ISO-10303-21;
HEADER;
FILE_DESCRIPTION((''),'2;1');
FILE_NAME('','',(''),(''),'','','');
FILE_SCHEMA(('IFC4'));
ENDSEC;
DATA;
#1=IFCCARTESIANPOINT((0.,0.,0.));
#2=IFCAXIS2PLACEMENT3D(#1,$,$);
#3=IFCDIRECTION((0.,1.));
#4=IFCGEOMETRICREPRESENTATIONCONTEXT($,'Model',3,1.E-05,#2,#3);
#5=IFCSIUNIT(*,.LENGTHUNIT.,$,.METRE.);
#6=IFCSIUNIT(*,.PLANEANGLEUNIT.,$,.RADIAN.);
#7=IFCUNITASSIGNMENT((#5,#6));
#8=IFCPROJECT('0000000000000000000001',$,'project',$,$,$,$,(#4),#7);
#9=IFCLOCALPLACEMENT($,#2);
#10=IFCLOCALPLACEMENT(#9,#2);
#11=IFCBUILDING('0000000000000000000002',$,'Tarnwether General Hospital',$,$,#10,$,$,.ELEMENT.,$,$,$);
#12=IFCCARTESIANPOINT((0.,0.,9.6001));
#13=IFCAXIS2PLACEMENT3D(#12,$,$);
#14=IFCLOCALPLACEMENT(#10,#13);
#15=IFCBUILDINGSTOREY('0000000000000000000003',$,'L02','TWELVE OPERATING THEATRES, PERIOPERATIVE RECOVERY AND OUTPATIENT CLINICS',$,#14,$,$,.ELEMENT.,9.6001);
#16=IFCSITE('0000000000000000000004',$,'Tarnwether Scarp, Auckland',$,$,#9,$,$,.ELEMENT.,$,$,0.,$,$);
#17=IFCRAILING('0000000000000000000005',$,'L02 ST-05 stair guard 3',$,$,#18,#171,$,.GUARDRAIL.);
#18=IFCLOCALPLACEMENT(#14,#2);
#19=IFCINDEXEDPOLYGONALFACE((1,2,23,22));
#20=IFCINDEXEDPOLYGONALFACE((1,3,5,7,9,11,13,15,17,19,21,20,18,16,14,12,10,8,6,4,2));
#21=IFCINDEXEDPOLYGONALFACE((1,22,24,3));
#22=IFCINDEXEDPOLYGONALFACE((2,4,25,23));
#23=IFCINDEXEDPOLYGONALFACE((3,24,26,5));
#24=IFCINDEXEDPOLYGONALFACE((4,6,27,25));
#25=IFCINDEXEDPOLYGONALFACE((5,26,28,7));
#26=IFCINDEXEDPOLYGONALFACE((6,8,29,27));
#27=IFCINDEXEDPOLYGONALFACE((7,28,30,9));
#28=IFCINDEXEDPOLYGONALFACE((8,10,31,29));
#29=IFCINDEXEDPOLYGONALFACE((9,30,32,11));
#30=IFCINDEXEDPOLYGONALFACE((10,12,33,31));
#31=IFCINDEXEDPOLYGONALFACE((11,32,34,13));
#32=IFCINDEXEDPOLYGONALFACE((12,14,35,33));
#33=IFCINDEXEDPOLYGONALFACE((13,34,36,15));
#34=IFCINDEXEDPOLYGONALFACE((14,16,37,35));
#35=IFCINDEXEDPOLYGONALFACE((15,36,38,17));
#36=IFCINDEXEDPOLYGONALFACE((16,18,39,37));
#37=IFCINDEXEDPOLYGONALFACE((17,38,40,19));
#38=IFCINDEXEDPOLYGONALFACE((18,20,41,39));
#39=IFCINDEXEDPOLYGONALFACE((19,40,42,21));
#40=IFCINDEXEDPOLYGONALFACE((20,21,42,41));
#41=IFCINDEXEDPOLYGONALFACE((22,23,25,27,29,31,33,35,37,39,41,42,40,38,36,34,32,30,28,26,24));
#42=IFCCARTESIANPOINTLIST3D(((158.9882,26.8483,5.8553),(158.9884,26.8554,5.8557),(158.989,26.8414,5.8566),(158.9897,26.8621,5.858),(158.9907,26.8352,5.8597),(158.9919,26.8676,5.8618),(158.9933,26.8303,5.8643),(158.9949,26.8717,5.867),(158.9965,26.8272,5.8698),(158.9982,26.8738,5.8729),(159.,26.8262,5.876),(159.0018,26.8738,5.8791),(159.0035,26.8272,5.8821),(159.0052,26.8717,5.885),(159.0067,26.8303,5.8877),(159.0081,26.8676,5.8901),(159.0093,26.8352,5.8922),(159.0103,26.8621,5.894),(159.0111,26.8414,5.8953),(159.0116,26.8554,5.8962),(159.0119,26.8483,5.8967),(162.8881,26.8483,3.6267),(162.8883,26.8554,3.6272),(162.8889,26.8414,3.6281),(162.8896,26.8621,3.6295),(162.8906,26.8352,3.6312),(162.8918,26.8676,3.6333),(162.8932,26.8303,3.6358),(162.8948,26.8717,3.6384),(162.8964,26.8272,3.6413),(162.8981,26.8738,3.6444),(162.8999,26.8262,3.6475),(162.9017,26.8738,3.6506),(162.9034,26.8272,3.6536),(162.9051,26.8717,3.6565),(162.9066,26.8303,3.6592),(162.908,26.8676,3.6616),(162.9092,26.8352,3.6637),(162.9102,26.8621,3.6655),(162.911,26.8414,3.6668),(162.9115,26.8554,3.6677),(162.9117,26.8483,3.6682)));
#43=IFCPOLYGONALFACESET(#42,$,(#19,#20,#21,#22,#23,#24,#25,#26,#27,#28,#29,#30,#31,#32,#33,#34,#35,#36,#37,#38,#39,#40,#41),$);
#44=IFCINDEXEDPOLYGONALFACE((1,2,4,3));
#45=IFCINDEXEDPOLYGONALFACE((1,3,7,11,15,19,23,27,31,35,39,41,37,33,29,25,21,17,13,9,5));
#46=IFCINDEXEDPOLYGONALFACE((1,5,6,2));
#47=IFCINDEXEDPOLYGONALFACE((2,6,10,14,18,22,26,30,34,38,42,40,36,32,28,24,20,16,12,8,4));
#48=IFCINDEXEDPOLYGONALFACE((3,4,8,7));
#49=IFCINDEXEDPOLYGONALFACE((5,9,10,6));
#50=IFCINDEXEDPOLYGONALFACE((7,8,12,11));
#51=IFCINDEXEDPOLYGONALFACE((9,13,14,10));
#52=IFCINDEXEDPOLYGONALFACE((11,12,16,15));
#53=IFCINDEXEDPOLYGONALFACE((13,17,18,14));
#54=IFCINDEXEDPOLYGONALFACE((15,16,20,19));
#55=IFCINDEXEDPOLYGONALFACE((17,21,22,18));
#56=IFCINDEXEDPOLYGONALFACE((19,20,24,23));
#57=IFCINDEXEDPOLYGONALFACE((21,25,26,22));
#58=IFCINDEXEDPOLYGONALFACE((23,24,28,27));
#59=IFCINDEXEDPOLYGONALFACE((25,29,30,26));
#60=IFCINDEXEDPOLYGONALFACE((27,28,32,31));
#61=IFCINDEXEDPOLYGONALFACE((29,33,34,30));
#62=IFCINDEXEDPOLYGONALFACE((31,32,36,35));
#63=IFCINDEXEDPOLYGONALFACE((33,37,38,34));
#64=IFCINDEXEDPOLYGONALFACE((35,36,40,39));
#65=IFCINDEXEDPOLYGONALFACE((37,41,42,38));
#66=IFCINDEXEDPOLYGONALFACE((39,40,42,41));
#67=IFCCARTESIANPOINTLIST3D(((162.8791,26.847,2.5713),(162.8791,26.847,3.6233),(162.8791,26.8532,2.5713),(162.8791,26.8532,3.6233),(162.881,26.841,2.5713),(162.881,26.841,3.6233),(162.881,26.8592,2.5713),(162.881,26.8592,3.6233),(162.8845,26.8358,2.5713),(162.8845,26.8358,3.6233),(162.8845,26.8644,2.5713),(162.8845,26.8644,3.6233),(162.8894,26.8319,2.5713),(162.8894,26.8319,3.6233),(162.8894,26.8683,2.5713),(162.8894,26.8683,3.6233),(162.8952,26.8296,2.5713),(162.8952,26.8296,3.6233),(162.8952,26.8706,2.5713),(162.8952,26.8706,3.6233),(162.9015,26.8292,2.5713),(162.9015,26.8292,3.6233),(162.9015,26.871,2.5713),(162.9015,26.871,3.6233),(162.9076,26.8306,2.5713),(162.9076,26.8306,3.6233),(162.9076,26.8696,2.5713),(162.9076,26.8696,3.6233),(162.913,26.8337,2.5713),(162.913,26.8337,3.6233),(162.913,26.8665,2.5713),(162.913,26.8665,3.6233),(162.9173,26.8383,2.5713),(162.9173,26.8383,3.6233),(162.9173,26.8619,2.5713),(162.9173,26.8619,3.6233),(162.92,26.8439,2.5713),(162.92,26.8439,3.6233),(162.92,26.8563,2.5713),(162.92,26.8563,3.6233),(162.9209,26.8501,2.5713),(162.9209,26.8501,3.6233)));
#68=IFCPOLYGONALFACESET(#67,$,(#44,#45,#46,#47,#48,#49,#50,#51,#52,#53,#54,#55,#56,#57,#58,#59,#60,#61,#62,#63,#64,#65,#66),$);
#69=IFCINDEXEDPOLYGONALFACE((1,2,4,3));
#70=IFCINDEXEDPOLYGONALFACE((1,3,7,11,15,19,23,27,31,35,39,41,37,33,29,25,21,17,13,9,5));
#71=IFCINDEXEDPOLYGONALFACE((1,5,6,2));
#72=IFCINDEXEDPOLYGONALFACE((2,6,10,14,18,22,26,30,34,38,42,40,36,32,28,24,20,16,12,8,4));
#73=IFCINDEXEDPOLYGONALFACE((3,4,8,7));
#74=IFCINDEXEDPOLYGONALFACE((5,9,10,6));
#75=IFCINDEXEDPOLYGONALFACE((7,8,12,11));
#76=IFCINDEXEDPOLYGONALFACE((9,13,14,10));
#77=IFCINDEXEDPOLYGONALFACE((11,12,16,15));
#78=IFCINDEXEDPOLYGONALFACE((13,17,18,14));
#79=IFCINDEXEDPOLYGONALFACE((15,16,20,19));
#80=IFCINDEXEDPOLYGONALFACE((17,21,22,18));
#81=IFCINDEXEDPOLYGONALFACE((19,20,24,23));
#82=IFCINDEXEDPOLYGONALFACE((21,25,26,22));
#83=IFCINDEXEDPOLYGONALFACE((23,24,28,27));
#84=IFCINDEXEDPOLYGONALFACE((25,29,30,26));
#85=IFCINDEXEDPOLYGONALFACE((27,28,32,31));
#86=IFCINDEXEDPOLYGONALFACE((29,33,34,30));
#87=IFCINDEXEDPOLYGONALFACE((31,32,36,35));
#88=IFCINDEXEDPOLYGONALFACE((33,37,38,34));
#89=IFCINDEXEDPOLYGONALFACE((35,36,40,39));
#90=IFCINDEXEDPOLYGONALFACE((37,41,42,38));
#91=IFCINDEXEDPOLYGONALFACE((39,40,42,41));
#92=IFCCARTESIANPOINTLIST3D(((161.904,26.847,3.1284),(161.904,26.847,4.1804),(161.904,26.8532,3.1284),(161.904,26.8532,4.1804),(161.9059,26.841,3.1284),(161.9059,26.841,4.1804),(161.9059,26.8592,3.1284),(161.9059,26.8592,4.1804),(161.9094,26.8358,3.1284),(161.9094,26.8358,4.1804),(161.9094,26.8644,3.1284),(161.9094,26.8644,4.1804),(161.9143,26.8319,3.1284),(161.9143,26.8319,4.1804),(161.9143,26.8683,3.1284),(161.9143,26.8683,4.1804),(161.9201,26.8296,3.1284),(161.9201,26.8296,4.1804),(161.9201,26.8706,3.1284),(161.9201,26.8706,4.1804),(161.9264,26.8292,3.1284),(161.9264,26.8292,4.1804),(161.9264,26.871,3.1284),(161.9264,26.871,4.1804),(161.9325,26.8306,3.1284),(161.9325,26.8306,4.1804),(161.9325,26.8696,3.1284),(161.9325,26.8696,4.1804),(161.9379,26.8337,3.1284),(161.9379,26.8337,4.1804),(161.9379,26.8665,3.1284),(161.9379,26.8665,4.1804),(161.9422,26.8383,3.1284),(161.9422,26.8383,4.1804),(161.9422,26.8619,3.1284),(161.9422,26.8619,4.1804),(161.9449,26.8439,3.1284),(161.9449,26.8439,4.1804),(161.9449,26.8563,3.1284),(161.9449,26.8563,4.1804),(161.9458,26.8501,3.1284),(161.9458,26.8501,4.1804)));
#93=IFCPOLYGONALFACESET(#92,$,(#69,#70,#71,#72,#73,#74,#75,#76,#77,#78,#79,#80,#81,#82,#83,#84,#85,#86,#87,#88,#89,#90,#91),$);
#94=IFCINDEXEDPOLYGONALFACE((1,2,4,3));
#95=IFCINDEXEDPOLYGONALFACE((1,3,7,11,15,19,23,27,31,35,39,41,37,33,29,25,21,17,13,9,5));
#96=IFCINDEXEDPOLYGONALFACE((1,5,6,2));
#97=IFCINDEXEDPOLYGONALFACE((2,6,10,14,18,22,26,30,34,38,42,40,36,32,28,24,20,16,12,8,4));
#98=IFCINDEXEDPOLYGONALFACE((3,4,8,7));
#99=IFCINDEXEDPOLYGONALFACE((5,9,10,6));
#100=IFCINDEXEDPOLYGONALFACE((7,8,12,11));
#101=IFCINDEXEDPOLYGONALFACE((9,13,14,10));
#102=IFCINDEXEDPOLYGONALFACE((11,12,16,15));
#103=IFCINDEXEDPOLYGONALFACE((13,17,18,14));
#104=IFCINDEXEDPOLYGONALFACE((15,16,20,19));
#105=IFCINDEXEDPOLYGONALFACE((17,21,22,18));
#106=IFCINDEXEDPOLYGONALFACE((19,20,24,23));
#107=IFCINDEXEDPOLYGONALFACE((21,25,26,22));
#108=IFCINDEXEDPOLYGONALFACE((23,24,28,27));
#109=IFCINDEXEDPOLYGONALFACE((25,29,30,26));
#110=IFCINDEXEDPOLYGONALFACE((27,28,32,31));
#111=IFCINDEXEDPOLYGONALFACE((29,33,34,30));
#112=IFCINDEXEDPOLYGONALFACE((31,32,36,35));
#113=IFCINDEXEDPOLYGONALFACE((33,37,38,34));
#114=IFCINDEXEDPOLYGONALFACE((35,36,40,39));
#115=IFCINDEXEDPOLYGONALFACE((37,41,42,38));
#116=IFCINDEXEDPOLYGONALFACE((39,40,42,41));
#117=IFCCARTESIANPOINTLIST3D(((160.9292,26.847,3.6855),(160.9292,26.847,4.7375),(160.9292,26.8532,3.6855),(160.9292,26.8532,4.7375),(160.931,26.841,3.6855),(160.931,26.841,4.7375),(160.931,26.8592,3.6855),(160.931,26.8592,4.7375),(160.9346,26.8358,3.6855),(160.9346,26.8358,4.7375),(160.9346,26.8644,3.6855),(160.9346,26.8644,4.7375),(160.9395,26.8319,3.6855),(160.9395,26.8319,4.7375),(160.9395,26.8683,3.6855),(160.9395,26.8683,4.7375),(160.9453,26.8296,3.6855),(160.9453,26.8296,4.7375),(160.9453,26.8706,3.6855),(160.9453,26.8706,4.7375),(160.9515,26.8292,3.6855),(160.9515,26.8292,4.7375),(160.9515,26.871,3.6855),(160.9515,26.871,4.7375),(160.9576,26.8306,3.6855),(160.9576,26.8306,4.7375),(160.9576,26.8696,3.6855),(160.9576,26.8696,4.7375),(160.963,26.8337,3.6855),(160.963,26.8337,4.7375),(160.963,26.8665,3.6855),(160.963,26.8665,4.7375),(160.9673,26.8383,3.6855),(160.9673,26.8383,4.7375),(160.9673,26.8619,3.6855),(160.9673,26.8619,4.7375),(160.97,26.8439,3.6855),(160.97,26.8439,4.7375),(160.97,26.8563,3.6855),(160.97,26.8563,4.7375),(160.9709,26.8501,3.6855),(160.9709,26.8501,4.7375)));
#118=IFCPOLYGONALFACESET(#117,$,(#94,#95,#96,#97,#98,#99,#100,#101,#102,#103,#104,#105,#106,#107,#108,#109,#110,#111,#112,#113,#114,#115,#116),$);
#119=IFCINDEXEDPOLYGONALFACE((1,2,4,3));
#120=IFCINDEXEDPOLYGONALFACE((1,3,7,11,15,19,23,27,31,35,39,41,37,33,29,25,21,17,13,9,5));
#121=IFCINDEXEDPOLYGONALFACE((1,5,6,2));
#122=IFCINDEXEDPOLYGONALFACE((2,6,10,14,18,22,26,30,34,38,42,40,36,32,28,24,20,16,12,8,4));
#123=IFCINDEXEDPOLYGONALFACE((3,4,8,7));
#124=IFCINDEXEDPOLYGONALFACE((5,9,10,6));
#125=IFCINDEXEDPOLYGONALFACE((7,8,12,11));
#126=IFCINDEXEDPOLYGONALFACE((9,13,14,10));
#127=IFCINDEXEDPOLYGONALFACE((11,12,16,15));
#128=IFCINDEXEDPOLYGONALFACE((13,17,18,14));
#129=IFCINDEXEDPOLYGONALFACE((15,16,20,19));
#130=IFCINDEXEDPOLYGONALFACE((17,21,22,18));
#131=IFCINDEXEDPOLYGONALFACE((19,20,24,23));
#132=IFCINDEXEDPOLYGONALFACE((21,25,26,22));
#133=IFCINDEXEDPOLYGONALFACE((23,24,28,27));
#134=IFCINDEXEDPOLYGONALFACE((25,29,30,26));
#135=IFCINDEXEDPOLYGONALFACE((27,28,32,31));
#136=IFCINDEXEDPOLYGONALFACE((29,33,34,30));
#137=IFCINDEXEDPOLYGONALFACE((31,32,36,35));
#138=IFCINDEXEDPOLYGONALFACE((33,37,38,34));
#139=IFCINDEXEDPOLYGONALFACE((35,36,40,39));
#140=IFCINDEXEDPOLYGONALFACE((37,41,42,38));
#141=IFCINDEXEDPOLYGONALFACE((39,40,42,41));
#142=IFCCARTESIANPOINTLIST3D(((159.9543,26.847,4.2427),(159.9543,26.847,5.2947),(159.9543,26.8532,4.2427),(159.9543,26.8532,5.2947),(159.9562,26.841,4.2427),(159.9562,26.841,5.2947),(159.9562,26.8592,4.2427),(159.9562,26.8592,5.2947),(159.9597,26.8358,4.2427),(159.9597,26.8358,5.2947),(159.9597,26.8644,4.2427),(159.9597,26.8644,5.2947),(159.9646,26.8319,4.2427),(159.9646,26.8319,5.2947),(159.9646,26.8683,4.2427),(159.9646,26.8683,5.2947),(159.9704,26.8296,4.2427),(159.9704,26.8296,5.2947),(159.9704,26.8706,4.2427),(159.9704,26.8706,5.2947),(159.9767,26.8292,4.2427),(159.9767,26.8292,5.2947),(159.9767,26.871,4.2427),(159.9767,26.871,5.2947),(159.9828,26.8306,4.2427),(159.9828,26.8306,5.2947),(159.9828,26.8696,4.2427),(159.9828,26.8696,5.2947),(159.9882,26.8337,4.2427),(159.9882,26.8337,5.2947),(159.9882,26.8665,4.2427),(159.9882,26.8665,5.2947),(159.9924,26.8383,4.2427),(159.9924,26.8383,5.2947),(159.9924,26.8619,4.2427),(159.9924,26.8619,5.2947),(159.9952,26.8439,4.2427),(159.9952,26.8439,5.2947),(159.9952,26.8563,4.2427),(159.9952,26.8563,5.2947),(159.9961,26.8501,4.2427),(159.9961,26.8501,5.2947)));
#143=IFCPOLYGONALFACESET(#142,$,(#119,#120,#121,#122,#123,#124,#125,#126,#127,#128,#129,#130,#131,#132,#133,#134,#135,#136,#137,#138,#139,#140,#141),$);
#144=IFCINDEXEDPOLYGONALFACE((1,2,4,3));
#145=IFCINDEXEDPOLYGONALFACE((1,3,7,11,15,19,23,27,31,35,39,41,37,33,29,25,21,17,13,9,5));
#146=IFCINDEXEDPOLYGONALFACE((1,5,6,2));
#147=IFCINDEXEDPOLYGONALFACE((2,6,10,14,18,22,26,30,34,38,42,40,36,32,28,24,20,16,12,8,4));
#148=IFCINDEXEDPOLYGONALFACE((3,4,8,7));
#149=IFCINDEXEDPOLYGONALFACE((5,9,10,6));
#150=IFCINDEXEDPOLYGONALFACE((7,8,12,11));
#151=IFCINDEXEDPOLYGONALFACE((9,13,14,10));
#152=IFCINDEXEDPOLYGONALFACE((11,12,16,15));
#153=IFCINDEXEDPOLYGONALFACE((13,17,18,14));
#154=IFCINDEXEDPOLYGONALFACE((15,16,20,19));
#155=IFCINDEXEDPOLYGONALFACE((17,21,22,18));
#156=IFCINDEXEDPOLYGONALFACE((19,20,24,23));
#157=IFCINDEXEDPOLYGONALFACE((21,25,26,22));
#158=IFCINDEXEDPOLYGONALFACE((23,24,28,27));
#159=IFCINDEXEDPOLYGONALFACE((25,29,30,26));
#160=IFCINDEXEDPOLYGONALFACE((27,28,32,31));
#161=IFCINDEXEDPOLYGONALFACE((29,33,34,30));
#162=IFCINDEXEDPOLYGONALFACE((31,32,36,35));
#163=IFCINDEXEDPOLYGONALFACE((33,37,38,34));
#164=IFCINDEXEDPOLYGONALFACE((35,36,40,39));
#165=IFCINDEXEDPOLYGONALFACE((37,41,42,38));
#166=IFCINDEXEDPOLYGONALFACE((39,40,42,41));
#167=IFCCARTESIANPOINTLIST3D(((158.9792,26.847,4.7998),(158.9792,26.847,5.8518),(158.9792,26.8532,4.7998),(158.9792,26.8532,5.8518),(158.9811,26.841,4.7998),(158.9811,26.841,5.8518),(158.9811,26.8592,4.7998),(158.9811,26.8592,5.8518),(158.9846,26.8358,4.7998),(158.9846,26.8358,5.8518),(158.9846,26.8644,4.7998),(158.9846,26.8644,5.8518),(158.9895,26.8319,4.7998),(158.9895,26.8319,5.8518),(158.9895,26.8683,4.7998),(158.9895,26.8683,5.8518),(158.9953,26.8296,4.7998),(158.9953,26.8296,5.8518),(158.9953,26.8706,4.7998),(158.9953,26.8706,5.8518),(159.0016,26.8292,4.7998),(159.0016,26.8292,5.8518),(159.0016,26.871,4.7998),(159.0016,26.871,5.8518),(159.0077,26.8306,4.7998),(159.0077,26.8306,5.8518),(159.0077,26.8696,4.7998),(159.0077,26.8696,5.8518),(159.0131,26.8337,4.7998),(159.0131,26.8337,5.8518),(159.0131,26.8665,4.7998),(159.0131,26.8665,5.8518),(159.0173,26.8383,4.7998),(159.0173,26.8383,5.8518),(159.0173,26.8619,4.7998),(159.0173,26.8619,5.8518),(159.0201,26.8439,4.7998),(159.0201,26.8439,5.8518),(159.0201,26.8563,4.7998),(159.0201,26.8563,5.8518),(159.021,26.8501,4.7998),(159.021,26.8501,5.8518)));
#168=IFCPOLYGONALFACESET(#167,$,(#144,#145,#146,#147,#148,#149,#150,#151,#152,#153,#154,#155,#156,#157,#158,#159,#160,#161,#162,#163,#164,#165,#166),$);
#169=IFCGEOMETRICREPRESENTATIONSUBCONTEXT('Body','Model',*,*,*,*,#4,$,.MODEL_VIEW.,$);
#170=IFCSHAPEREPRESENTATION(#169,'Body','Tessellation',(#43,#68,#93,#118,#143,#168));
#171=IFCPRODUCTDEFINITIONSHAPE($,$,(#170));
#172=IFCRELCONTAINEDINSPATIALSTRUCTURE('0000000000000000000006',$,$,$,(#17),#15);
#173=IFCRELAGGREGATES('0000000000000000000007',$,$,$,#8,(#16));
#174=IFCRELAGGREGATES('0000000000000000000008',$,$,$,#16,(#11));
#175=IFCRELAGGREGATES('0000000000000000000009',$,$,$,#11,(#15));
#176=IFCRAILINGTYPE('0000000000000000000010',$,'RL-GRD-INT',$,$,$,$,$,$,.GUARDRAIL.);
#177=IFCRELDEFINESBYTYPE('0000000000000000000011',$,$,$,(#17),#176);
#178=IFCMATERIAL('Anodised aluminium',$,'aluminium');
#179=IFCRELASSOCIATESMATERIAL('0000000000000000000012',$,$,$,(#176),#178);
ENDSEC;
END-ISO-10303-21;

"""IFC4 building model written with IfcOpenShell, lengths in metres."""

from ifc_helpers import new_model, si_unit, direction, frame, origin, origin_2d, place, context, subcontext, project, spatial, circle, extrude, material, type_object, element, save


model = new_model("IFC4")

# Units and contexts
model_context = context("Model", 3, precision=1e-05, world=origin(), true_north=direction((0.0, 1.0)))
body_context = subcontext(model_context, "Body", "Model", "MODEL_VIEW")
ifc_project = project(units=[si_unit("LENGTHUNIT", "METRE"), si_unit("PLANEANGLEUNIT", "RADIAN")], contexts=[model_context])

# Site, building, storey
site_placement = place(None, origin())
site = spatial("IfcSite", under=ifc_project, at=site_placement, Name="Tarnwether Scarp, Auckland", CompositionType="ELEMENT", RefElevation=0.0)
building_placement = place(site_placement, origin())
building = spatial("IfcBuilding", under=site, at=building_placement, Name="Tarnwether General Hospital", CompositionType="ELEMENT")
storey_placement = place(building_placement, frame((0.0, 0.0, 9.6001)))
storey = spatial("IfcBuildingStorey", under=building, at=storey_placement, Name="L02", Description="TWELVE OPERATING THEATRES, PERIOPERATIVE RECOVERY AND OUTPATIENT CLINICS", CompositionType="ELEMENT", Elevation=9.6001)

# Railing
ifc_material_1 = material(Name="Anodised aluminium", Category="aluminium")
railing_type_1 = type_object("IfcRailingType", Name="RL-GRD-INT", PredefinedType="GUARDRAIL", material=ifc_material_1)
railing_1_placement = place(storey_placement, frame((162.8999, 26.8501, 2.5713)))
element("IfcRailing", 1, at=railing_1_placement, inside=storey, type_object=railing_type_1, Name="L02 ST-05 stair guard 3", PredefinedType="GUARDRAIL", context=body_context, shape_type="SweptSolid", body=[
    extrude(circle(Radius=0.0239, at=origin_2d()), frame((0.0, 0.0, 1.0762), z_axis=(-0.868243, 0.0, 0.496139), x_axis=(0.0, -1.0, 0.0)), (0.0, 0.0, 1.0), 4.4917),
    extrude(circle(Radius=0.021, at=origin_2d()), origin(), (0.0, 0.0, 1.0), 1.052),
    extrude(circle(Radius=0.021, at=origin_2d()), frame((-0.9751, 0.0, 0.5571)), (0.0, 0.0, 1.0), 1.052),
    extrude(circle(Radius=0.021, at=origin_2d()), frame((-1.95, 0.0, 1.1143)), (0.0, 0.0, 1.0), 1.052),
    extrude(circle(Radius=0.021, at=origin_2d()), frame((-2.9248, 0.0, 1.6714)), (0.0, 0.0, 1.0), 1.052),
    extrude(circle(Radius=0.021, at=origin_2d()), frame((-3.8999, 0.0, 2.2285)), (0.0, 0.0, 1.0), 1.052),
])

save(model, "model.ifc")
